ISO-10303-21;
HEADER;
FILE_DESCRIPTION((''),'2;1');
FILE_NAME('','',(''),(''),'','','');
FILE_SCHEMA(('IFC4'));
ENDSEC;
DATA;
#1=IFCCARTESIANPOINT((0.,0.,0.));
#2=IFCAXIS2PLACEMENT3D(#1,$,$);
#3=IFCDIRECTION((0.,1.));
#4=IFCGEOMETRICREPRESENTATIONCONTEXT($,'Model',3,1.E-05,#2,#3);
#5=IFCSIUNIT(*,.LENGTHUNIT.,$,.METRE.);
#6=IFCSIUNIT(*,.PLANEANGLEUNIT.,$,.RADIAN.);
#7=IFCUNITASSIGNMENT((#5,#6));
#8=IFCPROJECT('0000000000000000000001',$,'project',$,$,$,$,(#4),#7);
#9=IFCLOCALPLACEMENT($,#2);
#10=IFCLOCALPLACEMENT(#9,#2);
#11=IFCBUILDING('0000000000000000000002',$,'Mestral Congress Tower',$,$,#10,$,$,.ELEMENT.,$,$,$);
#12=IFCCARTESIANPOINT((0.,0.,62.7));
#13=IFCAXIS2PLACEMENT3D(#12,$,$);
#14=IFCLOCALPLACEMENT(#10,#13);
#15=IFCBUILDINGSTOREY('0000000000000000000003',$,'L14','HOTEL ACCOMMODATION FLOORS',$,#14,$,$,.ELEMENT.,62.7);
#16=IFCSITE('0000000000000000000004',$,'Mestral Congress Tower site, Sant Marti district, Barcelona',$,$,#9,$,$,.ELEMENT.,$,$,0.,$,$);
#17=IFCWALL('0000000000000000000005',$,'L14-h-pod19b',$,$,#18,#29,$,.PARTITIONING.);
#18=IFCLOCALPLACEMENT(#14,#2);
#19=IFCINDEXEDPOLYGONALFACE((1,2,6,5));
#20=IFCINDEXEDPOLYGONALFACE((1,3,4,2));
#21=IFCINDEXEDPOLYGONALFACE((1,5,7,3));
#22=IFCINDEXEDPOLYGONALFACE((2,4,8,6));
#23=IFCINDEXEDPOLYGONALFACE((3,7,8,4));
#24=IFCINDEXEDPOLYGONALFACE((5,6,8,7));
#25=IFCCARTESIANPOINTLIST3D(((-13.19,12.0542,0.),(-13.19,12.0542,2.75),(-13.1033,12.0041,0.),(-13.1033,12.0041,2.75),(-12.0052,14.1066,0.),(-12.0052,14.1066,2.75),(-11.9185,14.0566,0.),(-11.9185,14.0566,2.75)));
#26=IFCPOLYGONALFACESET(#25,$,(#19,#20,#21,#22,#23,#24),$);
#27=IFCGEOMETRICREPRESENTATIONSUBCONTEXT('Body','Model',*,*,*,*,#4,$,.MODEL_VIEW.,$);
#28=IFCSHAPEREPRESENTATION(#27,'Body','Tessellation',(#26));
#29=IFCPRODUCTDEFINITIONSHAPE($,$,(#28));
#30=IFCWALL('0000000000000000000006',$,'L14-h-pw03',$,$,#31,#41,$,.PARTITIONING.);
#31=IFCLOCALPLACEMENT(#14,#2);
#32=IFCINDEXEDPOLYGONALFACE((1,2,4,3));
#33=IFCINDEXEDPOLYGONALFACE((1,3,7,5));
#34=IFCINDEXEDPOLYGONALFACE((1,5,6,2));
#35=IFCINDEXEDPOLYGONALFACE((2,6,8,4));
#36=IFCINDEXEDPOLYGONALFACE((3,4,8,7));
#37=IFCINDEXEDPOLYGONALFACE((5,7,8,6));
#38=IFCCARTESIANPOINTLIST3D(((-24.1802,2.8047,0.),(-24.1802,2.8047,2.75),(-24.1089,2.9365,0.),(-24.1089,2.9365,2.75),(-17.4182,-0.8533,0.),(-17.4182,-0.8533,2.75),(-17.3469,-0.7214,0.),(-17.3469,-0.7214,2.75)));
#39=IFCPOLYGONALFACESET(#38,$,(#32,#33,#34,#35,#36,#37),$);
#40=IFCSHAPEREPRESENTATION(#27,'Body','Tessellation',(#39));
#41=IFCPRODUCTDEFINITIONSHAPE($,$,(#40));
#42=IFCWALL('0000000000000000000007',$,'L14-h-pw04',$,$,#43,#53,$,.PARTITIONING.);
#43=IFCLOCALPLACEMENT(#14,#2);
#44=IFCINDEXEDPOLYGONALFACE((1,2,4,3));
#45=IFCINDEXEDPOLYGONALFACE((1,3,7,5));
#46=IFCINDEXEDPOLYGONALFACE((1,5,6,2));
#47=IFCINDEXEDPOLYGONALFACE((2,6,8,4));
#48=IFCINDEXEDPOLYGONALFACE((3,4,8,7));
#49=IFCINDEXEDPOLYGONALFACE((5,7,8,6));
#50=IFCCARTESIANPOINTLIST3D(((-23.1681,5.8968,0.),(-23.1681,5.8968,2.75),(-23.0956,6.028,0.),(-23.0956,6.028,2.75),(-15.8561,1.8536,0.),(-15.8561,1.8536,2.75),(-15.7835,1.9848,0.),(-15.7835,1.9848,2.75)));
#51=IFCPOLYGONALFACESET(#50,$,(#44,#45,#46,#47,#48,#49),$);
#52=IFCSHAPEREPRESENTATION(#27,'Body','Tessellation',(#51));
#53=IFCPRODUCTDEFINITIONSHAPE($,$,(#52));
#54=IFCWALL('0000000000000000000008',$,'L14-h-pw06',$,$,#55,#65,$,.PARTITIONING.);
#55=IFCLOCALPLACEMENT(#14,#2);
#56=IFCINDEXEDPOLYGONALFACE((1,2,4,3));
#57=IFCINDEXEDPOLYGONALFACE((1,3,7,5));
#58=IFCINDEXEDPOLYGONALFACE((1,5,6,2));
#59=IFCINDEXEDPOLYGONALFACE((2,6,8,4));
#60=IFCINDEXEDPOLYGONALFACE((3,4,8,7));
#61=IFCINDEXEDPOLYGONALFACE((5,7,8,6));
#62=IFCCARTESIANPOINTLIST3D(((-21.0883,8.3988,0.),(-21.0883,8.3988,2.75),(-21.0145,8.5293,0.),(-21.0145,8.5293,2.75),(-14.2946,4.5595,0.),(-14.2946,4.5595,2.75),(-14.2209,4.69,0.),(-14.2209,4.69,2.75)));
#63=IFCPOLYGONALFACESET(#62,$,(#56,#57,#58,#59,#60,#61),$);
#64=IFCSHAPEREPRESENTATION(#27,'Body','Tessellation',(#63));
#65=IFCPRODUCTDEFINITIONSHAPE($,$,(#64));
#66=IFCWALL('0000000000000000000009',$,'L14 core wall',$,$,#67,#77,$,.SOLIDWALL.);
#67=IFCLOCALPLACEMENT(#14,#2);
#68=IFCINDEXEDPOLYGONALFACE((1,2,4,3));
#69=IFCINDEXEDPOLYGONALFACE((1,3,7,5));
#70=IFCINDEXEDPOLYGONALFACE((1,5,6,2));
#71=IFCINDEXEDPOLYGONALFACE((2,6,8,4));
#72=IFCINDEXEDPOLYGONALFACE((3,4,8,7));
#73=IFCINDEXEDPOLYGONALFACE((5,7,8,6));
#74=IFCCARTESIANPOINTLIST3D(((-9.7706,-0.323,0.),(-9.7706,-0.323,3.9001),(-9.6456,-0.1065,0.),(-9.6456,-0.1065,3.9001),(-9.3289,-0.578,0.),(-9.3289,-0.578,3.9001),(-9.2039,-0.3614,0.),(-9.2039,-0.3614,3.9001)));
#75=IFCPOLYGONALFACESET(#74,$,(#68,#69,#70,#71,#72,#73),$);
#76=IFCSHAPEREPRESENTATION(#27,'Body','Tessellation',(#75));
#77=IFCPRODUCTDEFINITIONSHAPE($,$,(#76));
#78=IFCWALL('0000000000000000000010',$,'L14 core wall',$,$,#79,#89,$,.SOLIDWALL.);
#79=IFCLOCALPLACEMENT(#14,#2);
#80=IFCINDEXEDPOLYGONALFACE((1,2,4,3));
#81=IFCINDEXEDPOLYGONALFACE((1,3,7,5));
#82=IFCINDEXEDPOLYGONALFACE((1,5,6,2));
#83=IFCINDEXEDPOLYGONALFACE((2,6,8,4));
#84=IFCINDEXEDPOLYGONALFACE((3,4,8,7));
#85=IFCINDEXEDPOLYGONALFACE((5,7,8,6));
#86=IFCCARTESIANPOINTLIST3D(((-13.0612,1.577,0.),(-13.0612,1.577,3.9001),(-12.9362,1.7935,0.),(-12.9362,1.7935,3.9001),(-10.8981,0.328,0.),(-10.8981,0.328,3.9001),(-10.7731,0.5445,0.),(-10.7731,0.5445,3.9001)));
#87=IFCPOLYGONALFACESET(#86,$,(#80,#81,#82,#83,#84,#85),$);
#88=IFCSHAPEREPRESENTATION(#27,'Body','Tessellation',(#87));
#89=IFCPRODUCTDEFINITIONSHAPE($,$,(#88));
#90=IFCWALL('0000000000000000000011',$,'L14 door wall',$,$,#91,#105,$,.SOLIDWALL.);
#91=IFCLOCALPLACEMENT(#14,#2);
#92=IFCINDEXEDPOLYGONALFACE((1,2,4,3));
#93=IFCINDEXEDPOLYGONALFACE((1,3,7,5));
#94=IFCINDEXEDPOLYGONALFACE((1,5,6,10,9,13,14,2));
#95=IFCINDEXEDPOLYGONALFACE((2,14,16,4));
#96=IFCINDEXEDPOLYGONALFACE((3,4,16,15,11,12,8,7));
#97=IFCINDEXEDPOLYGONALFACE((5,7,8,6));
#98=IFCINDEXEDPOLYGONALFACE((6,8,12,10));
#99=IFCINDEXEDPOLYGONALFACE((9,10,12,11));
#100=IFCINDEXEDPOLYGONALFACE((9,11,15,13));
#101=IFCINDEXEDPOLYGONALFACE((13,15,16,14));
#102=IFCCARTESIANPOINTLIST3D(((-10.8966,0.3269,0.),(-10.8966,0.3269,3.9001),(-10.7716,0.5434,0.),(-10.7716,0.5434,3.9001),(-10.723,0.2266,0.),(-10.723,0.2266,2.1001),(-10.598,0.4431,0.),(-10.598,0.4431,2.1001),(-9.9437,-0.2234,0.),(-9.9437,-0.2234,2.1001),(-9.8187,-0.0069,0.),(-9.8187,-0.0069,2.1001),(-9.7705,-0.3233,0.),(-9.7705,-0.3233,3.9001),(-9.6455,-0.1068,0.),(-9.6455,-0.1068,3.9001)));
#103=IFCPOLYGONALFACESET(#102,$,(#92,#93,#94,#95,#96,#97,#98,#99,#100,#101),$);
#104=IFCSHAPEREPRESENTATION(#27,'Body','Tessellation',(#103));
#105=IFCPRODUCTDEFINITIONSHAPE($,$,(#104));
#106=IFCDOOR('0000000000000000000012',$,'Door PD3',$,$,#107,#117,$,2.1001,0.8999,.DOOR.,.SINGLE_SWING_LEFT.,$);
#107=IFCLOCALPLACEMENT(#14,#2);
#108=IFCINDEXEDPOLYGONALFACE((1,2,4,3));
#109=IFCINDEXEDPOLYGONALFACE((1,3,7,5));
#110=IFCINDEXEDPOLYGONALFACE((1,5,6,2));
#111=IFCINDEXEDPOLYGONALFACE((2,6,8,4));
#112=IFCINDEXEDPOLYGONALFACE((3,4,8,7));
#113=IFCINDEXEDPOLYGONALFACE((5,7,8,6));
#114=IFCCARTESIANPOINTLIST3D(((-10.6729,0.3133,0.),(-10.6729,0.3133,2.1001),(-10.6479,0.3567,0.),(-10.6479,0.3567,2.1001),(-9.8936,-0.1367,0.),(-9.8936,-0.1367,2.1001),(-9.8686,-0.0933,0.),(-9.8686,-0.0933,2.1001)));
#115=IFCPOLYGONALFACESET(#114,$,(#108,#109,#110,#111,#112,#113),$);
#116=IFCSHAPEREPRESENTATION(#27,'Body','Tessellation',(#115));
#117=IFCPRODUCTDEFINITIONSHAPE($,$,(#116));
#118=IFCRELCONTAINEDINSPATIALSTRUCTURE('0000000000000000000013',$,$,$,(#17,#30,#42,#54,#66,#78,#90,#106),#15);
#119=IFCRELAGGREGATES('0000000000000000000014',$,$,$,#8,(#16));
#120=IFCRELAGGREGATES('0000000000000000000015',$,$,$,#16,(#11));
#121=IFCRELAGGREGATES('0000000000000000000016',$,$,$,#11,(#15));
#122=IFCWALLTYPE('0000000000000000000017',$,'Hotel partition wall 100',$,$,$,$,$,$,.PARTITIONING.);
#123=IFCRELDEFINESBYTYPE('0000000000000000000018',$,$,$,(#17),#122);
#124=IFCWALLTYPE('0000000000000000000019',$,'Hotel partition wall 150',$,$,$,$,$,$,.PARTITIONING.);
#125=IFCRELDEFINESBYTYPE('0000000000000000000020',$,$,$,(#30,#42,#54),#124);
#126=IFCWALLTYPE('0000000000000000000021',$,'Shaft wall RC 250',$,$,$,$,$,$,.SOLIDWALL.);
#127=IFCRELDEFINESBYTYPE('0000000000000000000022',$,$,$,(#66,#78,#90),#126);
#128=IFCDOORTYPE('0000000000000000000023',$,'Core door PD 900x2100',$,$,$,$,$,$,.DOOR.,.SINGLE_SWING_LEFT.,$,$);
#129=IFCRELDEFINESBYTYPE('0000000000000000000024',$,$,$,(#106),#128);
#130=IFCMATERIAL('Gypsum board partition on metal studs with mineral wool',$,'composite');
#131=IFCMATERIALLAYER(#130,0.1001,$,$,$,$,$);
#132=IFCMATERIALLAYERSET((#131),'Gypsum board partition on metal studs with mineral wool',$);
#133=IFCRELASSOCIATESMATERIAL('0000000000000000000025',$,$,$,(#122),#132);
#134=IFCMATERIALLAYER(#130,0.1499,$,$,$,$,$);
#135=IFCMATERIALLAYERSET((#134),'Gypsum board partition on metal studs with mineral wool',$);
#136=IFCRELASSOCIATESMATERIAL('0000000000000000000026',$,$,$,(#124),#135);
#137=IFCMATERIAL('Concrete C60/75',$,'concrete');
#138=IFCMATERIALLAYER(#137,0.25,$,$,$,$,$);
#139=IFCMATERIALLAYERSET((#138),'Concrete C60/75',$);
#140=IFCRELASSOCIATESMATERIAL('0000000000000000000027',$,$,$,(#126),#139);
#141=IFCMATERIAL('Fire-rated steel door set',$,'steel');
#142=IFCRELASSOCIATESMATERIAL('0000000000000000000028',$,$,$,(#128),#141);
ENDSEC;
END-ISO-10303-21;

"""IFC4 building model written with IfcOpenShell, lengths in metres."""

from ifc_helpers import new_model, si_unit, direction, frame, frame_2d, origin, place, context, subcontext, project, spatial, rectangle, extrude, material, layer, layer_set, type_object, element, fill, save


model = new_model("IFC4")

# Units and contexts
model_context = context("Model", 3, precision=1e-05, world=origin(), true_north=direction((0.0, 1.0)))
body_context = subcontext(model_context, "Body", "Model", "MODEL_VIEW")
ifc_project = project(units=[si_unit("LENGTHUNIT", "METRE"), si_unit("PLANEANGLEUNIT", "RADIAN")], contexts=[model_context])

# Site, building, storey
site_placement = place(None, origin())
site = spatial("IfcSite", under=ifc_project, at=site_placement, Name="Mestral Congress Tower site, Sant Marti district, Barcelona", CompositionType="ELEMENT", RefElevation=0.0)
building_placement = place(site_placement, origin())
building = spatial("IfcBuilding", under=site, at=building_placement, Name="Mestral Congress Tower", CompositionType="ELEMENT")
storey_placement = place(building_placement, frame((0.0, 0.0, 62.7)))
storey = spatial("IfcBuildingStorey", under=building, at=storey_placement, Name="L14", Description="HOTEL ACCOMMODATION FLOORS", CompositionType="ELEMENT", Elevation=62.7)

# Shared definitions
ifc_material_1 = material(Name="Concrete C60/75", Category="concrete")

# Shared definitions
ifc_material_2 = material(Name="Fire-rated steel door set", Category="steel")

# Shared definitions
ifc_material_3 = material(Name="Gypsum board partition on metal studs with mineral wool", Category="composite")
ifc_layer_1 = layer(ifc_material_3, 0.1001)
ifc_layer_set_1 = layer_set([ifc_layer_1], Name="Gypsum board partition on metal studs with mineral wool")
wall_type_1 = type_object("IfcWallType", Name="Hotel partition wall 100", PredefinedType="PARTITIONING", material=ifc_layer_set_1)

# Walls
wall_1_placement = place(storey_placement, frame((-13.1467, 12.0291, 0.0), z_axis=(0.0, 0.0, 1.0), x_axis=(0.499939, 0.86606, 0.0)))
element("IfcWall", 1, at=wall_1_placement, inside=storey, type_object=wall_type_1, Name="L14-h-pod19b", PredefinedType="PARTITIONING", context=body_context, shape_type="SweptSolid", body=[
    extrude(rectangle(XDim=2.3699, YDim=0.1001, at=frame_2d((1.1851, 0.0))), origin(), (0.0, 0.0, 1.0), 2.75),
])
ifc_layer_2 = layer(ifc_material_3, 0.1499)
ifc_layer_set_2 = layer_set([ifc_layer_2], Name="Gypsum board partition on metal studs with mineral wool")
wall_type_2 = type_object("IfcWallType", Name="Hotel partition wall 150", PredefinedType="PARTITIONING", material=ifc_layer_set_2)
wall_2_placement = place(storey_placement, frame((-24.1445, 2.8706, 0.0), z_axis=(0.0, 0.0, 1.0), x_axis=(0.879552, -0.475803, 0.0)))
element("IfcWall", 2, at=wall_2_placement, inside=storey, type_object=wall_type_2, Name="L14-h-pw03", PredefinedType="PARTITIONING", context=body_context, shape_type="SweptSolid", body=[
    extrude(rectangle(XDim=7.688, YDim=0.1499, at=frame_2d((3.844, 0.0))), origin(), (0.0, 0.0, 1.0), 2.75),
])
wall_3_placement = place(storey_placement, frame((-23.1318, 5.9624, 0.0), z_axis=(0.0, 0.0, 1.0), x_axis=(0.875122, -0.483903, 0.0)))
element("IfcWall", 3, at=wall_3_placement, inside=storey, type_object=wall_type_2, Name="L14-h-pw04", PredefinedType="PARTITIONING", context=body_context, shape_type="SweptSolid", body=[
    extrude(rectangle(XDim=8.3555, YDim=0.1499, at=frame_2d((4.1777, 0.0))), origin(), (0.0, 0.0, 1.0), 2.75),
])
wall_4_placement = place(storey_placement, frame((-21.0515, 8.4641, 0.0), z_axis=(0.0, 0.0, 1.0), x_axis=(0.870594, -0.492003, 0.0)))
element("IfcWall", 4, at=wall_4_placement, inside=storey, type_object=wall_type_2, Name="L14-h-pw06", PredefinedType="PARTITIONING", context=body_context, shape_type="SweptSolid", body=[
    extrude(rectangle(XDim=7.8035, YDim=0.1499, at=frame_2d((3.9019, 0.0))), origin(), (0.0, 0.0, 1.0), 2.75),
])
ifc_layer_3 = layer(ifc_material_1, 0.25)
ifc_layer_set_3 = layer_set([ifc_layer_3], Name="Concrete C60/75")
wall_type_3 = type_object("IfcWallType", Name="Shaft wall RC 250", PredefinedType="SOLIDWALL", material=ifc_layer_set_3)
wall_5_placement = place(storey_placement, frame((-9.708, -0.2148, 0.0), z_axis=(0.0, 0.0, 1.0), x_axis=(0.866114, -0.499847, 0.0)))
element("IfcWall", 5, at=wall_5_placement, inside=storey, type_object=wall_type_3, Name="L14 core wall", PredefinedType="SOLIDWALL", context=body_context, shape_type="SweptSolid", body=[
    extrude(rectangle(XDim=0.51, YDim=0.25, at=frame_2d((0.2549, 0.0))), origin(), (0.0, 0.0, 1.0), 3.9001),
])
wall_6_placement = place(storey_placement, frame((-12.9988, 1.6853, 0.0), z_axis=(0.0, 0.0, 1.0), x_axis=(0.865997, -0.50005, 0.0)))
element("IfcWall", 6, at=wall_6_placement, inside=storey, type_object=wall_type_3, Name="L14 core wall", PredefinedType="SOLIDWALL", context=body_context, shape_type="SweptSolid", body=[
    extrude(rectangle(XDim=2.4978, YDim=0.25, at=frame_2d((1.249, 0.0))), origin(), (0.0, 0.0, 1.0), 3.9001),
])

# Wall, opening, door
wall_7_placement = place(storey_placement, frame((-9.708, -0.2151, 0.0), z_axis=(0.0, 0.0, 1.0), x_axis=(-0.866004, 0.500037, 0.0)))
wall_7 = element("IfcWall", 7, at=wall_7_placement, inside=storey, type_object=wall_type_3, Name="L14 door wall", PredefinedType="SOLIDWALL", context=body_context, shape_type="SweptSolid", body=[
    extrude(rectangle(XDim=1.3003, YDim=0.25, at=frame_2d((0.6501, 0.0))), origin(), (0.0, 0.0, 1.0), 3.9001),
])
opening_1_placement = place(wall_7_placement, frame((0.2, 0.0, 0.0)))
opening_1 = element("IfcOpeningElement", 8, at=opening_1_placement, cuts=wall_7, PredefinedType="OPENING", context=body_context, shape_type="SweptSolid", body=[
    extrude(rectangle(XDim=0.8999, YDim=2.1001, at=frame_2d((0.45, 1.05))), frame((0.0, 0.135, 0.0), z_axis=(0.0, -1.0, 0.0), x_axis=(1.0, 0.0, 0.0)), (0.0, 0.0, 1.0), 0.27),
])
door_type_1 = type_object("IfcDoorType", Name="Core door PD 900x2100", OperationType="SINGLE_SWING_LEFT", PredefinedType="DOOR", material=ifc_material_2)
door_1_placement = place(opening_1_placement, origin())
door_1 = element("IfcDoor", 9, at=door_1_placement, inside=storey, type_object=door_type_1, Name="Door PD3", OperationType="SINGLE_SWING_LEFT", OverallHeight=2.1001, OverallWidth=0.8999, PredefinedType="DOOR", context=body_context, shape_type="SweptSolid", body=[
    extrude(rectangle(XDim=0.8999, YDim=2.1001, at=frame_2d((0.45, 1.05))), frame((0.0, 0.0249, 0.0), z_axis=(0.0, -1.0, 0.0), x_axis=(1.0, 0.0, 0.0)), (0.0, 0.0, 1.0), 0.05),
])
fill(opening_1, door_1)

save(model, "model.ifc")
